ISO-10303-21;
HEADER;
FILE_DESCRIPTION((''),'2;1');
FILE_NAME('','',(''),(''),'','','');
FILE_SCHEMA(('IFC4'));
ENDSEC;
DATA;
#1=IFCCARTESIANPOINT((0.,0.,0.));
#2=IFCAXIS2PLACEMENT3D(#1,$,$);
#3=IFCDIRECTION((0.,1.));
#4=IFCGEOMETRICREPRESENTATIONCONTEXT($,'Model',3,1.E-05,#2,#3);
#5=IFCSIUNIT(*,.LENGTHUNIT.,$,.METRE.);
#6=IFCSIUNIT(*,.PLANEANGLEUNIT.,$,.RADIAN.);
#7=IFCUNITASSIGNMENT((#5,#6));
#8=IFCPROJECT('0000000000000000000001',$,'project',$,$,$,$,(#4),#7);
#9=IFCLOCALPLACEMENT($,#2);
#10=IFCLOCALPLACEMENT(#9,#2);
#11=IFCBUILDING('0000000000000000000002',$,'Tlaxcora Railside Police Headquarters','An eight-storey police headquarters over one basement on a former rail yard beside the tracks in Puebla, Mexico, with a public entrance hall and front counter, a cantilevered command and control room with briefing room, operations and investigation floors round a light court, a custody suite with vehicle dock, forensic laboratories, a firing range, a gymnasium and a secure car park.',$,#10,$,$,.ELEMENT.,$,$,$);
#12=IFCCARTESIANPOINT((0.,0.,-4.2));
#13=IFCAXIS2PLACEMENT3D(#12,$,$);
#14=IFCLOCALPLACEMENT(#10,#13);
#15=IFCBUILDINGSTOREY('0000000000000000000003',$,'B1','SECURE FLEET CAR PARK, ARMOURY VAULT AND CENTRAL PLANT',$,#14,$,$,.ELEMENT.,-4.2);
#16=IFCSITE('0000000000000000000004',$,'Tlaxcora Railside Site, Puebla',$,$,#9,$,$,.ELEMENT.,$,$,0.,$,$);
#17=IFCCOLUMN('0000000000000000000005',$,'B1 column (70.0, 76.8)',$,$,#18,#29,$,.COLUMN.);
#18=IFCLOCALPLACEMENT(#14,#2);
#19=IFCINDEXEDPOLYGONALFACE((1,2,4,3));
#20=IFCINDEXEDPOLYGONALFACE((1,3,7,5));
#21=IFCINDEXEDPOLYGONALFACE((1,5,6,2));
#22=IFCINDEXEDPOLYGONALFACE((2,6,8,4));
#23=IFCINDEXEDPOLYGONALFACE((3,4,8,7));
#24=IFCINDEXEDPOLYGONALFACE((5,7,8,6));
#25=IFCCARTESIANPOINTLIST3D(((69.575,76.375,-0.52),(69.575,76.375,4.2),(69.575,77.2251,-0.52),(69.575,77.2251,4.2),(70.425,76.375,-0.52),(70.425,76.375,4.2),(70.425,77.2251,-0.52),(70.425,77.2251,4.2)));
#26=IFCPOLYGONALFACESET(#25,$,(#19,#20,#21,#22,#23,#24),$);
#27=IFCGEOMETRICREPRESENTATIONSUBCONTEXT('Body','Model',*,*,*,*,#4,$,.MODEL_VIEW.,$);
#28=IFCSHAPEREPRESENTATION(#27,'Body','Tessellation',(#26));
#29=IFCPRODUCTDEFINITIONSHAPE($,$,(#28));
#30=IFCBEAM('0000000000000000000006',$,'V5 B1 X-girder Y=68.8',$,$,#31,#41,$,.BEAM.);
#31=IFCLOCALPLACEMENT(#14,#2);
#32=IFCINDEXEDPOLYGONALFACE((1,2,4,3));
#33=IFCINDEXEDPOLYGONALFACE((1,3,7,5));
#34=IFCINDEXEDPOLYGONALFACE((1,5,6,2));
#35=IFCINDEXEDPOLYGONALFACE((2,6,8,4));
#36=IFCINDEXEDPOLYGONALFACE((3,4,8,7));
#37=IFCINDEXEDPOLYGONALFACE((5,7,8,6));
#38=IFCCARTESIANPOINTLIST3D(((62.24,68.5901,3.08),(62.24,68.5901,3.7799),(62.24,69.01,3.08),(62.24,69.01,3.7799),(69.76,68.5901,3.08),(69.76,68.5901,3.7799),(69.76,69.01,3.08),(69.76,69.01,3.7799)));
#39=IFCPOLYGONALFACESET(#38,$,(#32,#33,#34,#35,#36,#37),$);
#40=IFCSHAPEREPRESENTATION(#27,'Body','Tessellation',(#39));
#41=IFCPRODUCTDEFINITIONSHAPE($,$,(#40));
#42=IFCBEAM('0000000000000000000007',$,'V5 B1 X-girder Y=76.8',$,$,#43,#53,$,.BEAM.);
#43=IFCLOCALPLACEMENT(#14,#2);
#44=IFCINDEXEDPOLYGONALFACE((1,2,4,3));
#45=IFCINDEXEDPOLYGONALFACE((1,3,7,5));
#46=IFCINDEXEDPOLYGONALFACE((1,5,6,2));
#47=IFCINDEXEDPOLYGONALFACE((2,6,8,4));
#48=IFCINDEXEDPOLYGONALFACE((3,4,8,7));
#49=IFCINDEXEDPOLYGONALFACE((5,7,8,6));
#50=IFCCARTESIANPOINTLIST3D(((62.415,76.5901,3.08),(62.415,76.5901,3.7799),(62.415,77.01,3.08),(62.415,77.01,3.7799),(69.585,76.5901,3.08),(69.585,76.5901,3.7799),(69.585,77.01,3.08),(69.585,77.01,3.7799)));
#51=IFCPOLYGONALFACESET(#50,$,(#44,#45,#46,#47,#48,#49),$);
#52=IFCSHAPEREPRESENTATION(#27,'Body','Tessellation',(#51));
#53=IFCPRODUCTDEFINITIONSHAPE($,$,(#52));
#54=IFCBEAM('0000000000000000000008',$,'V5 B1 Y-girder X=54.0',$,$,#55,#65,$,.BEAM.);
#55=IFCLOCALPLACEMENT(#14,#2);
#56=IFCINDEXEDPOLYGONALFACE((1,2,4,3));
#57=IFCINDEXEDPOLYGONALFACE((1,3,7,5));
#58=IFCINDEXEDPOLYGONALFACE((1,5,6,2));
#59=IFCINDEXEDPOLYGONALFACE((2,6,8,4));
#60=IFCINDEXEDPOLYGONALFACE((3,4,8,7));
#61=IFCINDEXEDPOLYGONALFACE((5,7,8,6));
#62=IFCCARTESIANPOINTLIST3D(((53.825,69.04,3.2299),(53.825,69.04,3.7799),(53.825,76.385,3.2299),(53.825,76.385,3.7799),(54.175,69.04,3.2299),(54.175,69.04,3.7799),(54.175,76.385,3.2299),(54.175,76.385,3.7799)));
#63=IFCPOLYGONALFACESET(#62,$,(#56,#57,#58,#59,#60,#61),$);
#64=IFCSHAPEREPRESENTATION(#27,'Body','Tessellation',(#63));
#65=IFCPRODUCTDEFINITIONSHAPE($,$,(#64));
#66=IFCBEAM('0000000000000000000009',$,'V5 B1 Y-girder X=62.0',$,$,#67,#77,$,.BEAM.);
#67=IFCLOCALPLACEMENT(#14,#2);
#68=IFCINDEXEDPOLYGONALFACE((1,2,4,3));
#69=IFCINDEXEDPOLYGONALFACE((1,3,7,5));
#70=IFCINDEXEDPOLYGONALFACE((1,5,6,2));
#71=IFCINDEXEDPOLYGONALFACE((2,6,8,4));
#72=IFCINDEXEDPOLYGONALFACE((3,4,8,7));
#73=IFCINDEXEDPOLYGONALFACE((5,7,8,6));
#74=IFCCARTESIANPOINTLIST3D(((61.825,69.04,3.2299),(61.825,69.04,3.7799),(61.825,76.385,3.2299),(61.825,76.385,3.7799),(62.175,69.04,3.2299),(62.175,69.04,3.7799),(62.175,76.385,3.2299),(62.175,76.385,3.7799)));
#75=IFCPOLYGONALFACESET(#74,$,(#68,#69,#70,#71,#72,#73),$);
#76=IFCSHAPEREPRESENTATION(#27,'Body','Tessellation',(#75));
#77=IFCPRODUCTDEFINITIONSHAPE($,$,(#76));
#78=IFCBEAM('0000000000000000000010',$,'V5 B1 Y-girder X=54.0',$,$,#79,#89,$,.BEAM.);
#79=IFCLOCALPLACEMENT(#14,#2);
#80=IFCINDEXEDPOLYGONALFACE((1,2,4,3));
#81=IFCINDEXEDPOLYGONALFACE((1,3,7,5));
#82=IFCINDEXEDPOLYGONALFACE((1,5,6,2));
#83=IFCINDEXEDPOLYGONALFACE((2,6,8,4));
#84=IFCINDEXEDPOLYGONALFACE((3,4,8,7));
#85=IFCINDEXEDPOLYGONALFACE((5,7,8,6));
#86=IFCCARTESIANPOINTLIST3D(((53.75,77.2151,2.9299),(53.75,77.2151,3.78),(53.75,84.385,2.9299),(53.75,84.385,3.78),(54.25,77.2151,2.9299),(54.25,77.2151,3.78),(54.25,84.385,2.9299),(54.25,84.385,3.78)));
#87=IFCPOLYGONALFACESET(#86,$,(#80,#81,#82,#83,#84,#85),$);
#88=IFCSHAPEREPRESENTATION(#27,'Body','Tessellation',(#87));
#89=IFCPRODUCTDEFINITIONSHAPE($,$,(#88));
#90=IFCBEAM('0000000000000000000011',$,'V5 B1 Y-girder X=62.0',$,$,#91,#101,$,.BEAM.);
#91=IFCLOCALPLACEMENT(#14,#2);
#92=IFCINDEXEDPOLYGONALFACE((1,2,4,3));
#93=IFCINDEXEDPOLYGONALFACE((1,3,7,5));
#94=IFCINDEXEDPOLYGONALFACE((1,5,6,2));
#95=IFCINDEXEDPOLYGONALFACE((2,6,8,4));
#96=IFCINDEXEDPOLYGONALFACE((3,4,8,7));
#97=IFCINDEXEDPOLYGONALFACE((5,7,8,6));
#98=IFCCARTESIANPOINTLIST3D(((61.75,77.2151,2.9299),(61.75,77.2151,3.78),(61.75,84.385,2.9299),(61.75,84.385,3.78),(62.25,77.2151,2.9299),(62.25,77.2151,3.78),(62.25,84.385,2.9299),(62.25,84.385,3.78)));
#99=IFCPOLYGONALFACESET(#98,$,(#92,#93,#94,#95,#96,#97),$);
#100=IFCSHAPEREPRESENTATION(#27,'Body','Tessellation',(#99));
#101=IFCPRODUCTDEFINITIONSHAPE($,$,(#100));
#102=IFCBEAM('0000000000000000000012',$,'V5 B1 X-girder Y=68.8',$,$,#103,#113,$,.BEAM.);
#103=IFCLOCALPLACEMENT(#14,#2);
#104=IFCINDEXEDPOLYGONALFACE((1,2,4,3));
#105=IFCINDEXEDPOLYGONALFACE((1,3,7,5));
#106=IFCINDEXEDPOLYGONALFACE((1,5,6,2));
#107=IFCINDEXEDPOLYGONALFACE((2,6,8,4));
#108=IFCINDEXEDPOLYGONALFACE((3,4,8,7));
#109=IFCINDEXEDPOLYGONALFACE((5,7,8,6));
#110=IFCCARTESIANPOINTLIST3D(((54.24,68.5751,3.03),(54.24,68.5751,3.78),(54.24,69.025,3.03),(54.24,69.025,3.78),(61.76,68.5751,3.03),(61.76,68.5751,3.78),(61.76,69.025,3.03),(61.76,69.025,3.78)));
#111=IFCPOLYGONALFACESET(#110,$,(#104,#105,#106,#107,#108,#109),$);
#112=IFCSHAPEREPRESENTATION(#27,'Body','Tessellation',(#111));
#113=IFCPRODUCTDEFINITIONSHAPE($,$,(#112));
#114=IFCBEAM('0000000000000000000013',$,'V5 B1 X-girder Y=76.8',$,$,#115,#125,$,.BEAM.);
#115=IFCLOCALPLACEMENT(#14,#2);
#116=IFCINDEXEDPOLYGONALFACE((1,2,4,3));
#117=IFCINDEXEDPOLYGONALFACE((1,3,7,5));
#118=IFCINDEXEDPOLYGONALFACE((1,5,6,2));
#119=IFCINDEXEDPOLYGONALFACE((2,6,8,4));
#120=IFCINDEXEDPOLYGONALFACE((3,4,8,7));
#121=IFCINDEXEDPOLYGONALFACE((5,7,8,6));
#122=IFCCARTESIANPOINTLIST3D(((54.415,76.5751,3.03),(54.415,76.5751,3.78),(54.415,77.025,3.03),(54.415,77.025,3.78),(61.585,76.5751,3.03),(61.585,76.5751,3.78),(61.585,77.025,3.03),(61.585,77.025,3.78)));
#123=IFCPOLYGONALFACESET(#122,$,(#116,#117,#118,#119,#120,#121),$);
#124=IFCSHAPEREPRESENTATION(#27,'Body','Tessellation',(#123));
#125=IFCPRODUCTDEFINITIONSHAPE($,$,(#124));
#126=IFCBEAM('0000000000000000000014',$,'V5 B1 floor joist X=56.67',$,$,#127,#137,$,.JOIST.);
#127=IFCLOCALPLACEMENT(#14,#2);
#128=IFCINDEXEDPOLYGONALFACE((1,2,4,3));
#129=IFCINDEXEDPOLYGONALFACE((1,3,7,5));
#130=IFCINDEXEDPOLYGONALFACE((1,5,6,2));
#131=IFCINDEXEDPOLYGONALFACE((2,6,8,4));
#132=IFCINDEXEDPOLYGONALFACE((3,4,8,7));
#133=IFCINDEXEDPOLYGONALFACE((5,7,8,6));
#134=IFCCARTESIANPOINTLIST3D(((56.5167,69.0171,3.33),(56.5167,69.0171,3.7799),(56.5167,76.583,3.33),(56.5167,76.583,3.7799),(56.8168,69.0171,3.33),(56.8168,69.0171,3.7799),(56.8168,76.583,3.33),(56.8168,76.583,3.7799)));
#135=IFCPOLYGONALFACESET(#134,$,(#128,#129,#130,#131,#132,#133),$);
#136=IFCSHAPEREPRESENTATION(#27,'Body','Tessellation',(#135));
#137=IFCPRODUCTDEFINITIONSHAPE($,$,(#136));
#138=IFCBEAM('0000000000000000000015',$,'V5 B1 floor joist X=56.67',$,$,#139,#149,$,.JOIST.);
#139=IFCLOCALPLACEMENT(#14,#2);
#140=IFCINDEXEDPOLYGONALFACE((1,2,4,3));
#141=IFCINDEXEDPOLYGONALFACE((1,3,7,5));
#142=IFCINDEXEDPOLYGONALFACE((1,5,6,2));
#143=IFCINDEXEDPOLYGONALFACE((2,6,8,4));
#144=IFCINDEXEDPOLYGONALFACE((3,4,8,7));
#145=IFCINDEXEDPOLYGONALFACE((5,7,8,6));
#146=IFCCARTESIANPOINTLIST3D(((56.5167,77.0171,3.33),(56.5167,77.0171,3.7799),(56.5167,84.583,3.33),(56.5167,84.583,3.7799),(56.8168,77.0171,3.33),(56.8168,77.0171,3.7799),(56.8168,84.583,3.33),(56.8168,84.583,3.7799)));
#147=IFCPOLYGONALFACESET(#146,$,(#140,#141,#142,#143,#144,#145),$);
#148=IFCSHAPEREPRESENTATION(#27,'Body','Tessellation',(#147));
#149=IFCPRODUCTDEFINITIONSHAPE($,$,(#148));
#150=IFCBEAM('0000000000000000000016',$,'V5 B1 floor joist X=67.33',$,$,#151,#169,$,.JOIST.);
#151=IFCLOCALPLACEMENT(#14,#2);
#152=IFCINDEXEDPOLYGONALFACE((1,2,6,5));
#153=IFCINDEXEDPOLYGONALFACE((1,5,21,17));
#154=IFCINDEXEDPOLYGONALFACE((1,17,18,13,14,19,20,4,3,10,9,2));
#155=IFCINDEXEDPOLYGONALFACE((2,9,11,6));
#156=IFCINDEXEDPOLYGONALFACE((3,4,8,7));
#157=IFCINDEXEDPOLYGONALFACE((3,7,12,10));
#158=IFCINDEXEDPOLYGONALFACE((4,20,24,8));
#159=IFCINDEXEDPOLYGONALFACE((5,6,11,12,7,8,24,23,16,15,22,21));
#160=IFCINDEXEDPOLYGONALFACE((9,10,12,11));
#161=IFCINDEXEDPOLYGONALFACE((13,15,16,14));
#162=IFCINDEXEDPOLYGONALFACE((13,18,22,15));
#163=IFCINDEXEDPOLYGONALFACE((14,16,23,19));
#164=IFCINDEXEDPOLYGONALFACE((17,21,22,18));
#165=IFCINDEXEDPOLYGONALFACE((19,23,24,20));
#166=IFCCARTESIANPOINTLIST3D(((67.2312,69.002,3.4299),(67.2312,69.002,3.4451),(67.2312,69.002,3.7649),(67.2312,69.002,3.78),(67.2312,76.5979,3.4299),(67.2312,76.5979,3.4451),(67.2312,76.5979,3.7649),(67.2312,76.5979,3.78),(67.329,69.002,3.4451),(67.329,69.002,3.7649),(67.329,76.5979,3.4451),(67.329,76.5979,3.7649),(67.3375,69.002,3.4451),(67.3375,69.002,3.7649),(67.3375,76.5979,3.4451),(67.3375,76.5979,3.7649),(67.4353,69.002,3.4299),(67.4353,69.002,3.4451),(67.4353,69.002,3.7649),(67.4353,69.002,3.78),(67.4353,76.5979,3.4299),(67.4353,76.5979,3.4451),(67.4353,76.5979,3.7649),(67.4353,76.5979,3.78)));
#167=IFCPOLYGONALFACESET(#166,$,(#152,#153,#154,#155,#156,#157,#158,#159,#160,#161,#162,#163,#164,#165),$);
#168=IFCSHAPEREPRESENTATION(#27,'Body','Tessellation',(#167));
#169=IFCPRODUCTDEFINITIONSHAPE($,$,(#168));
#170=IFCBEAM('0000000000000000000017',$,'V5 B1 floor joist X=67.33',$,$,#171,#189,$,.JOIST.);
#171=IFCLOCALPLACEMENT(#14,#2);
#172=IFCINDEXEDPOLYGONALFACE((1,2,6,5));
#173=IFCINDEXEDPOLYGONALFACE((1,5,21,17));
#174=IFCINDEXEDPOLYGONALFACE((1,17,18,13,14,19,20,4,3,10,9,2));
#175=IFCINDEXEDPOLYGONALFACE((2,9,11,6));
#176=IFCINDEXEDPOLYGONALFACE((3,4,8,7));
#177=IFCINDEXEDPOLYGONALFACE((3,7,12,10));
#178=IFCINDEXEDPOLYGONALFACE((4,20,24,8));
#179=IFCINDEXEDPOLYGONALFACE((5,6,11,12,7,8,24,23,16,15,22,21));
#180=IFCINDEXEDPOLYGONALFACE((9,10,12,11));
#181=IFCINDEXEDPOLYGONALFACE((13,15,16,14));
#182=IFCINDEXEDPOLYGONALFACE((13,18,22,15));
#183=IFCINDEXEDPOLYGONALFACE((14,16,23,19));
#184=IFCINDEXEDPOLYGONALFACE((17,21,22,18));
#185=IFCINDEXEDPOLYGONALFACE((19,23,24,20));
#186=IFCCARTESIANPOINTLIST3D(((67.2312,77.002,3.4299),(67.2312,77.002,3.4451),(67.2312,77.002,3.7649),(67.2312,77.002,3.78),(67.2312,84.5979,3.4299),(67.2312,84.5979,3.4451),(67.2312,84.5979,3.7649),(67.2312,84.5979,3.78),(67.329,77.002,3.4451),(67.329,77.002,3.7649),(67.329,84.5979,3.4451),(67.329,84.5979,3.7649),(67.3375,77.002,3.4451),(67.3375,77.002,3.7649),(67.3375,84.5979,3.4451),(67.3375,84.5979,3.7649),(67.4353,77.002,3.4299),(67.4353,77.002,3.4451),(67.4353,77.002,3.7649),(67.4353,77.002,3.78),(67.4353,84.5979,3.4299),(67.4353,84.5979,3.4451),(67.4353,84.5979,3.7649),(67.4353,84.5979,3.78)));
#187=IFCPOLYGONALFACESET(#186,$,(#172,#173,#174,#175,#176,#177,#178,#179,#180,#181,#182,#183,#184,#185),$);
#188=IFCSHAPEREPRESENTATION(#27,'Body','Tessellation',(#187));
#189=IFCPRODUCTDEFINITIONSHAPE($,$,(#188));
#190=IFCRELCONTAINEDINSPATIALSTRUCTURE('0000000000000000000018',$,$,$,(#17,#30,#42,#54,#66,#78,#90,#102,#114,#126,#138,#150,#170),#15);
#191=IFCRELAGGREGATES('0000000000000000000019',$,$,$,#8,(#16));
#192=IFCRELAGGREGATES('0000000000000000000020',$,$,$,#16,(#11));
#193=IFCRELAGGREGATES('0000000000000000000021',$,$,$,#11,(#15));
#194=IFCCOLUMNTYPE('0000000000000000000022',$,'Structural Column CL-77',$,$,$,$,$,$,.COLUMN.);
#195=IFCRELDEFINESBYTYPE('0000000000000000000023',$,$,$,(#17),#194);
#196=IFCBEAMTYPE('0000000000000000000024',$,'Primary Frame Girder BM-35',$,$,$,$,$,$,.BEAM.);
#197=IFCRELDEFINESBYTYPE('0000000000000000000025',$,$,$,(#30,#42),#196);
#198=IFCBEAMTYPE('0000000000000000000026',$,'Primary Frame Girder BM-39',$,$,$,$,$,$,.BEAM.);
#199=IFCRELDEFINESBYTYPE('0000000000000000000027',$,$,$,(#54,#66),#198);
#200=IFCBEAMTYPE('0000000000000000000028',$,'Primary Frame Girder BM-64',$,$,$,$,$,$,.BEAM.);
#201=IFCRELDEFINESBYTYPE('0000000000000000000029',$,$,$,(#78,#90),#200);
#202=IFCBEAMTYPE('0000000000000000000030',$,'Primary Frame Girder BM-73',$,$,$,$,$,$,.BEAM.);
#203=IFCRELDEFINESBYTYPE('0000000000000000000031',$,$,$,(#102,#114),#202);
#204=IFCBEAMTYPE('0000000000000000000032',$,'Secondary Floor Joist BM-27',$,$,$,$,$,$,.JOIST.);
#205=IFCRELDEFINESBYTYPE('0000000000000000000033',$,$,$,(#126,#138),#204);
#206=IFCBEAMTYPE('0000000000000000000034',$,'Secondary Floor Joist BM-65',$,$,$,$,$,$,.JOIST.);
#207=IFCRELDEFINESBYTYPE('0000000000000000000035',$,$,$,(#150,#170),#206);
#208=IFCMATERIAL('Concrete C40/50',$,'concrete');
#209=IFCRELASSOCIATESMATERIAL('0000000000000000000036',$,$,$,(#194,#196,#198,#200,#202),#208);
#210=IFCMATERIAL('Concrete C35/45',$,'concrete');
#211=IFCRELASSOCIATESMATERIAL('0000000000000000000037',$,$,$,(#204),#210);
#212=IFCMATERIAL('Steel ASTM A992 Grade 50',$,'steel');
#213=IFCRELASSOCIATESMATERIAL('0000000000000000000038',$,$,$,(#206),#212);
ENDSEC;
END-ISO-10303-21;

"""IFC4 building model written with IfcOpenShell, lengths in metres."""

from ifc_helpers import new_model, si_unit, direction, frame, origin, origin_2d, place, context, subcontext, project, spatial, rectangle, i_section, extrude, material, material_profile, profile_set, type_object, element, save


model = new_model("IFC4")

# Units and contexts
model_context = context("Model", 3, precision=1e-05, world=origin(), true_north=direction((0.0, 1.0)))
body_context = subcontext(model_context, "Body", "Model", "MODEL_VIEW")
ifc_project = project(units=[si_unit("LENGTHUNIT", "METRE"), si_unit("PLANEANGLEUNIT", "RADIAN")], contexts=[model_context])

# Site, building, storey
site_placement = place(None, origin())
site = spatial("IfcSite", under=ifc_project, at=site_placement, Name="Tlaxcora Railside Site, Puebla", CompositionType="ELEMENT", RefElevation=0.0)
building_placement = place(site_placement, origin())
building = spatial("IfcBuilding", under=site, at=building_placement, Name="Tlaxcora Railside Police Headquarters", Description="An eight-storey police headquarters over one basement on a former rail yard beside the tracks in Puebla, Mexico, with a public entrance hall and front counter, a cantilevered command and control room with briefing room, operations and investigation floors round a light court, a custody suite with vehicle dock, forensic laboratories, a firing range, a gymnasium and a secure car park.", CompositionType="ELEMENT")
storey_placement = place(building_placement, frame((0.0, 0.0, -4.2)))
storey = spatial("IfcBuildingStorey", under=building, at=storey_placement, Name="B1", Description="SECURE FLEET CAR PARK, ARMOURY VAULT AND CENTRAL PLANT", CompositionType="ELEMENT", Elevation=-4.2)

# Shared definitions
ifc_material_1 = material(Name="Concrete C35/45", Category="concrete")

# Shared definitions
ifc_material_2 = material(Name="Concrete C40/50", Category="concrete")

# Column
ifc_material_profile_1 = material_profile(ifc_material_2, rectangle(XDim=0.8501, YDim=0.8501, at=origin_2d()), Name="RC850X850")
ifc_profile_set_1 = profile_set([ifc_material_profile_1], Name="Concrete C40/50")
column_type_1 = type_object("IfcColumnType", Name="Structural Column CL-77", PredefinedType="COLUMN", material=ifc_profile_set_1)
for number, where, z_axis, x_axis, name in (
    (1, (70.0, 76.8, -0.52), (0.0, 0.0, 1.0), (1.0, 0.0, 0.0), "B1 column (70.0, 76.8)"),
):
    element("IfcColumn", number, at=place(storey_placement, frame(where, z_axis=z_axis, x_axis=x_axis)), inside=storey, type_object=column_type_1, Name=name, PredefinedType="COLUMN", context=body_context, shape_type="SweptSolid", body=[
        extrude(rectangle(XDim=0.8501, YDim=0.8501, at=origin_2d()), origin(), (0.0, 0.0, 1.0), 4.72),
    ])

# Beams
ifc_material_profile_2 = material_profile(ifc_material_2, rectangle(XDim=0.4199, YDim=0.7, at=origin_2d()), Name="RC420X700")
ifc_profile_set_2 = profile_set([ifc_material_profile_2], Name="Concrete C40/50")
beam_type_1 = type_object("IfcBeamType", Name="Primary Frame Girder BM-35", PredefinedType="BEAM", material=ifc_profile_set_2)
beam_1_placement = place(storey_placement, frame((62.24, 68.8, 3.4299), z_axis=(1.0, 0.0, 0.0), x_axis=(0.0, 1.0, 0.0)))
element("IfcBeam", 2, at=beam_1_placement, inside=storey, type_object=beam_type_1, Name="V5 B1 X-girder Y=68.8", PredefinedType="BEAM", context=body_context, shape_type="SweptSolid", body=[
    extrude(rectangle(XDim=0.4199, YDim=0.7, at=origin_2d()), origin(), (0.0, 0.0, 1.0), 7.52),
])
beam_2_placement = place(storey_placement, frame((62.415, 76.8, 3.4299), z_axis=(1.0, 0.0, 0.0), x_axis=(0.0, 1.0, 0.0)))
element("IfcBeam", 3, at=beam_2_placement, inside=storey, type_object=beam_type_1, Name="V5 B1 X-girder Y=76.8", PredefinedType="BEAM", context=body_context, shape_type="SweptSolid", body=[
    extrude(rectangle(XDim=0.4199, YDim=0.7, at=origin_2d()), origin(), (0.0, 0.0, 1.0), 7.1699),
])
ifc_material_profile_3 = material_profile(ifc_material_2, rectangle(XDim=0.3501, YDim=0.55, at=origin_2d()), Name="RC350X550")
ifc_profile_set_3 = profile_set([ifc_material_profile_3], Name="Concrete C40/50")
beam_type_2 = type_object("IfcBeamType", Name="Primary Frame Girder BM-39", PredefinedType="BEAM", material=ifc_profile_set_3)
for number, where, z_axis, x_axis, name in (
    (4, (54.0, 69.04, 3.5049), (0.0, 1.0, 0.0), (-1.0, 0.0, 0.0), "V5 B1 Y-girder X=54.0"),
    (5, (62.0, 69.04, 3.5049), (0.0, 1.0, 0.0), (-1.0, 0.0, 0.0), "V5 B1 Y-girder X=62.0"),
):
    element("IfcBeam", number, at=place(storey_placement, frame(where, z_axis=z_axis, x_axis=x_axis)), inside=storey, type_object=beam_type_2, Name=name, PredefinedType="BEAM", context=body_context, shape_type="SweptSolid", body=[
        extrude(rectangle(XDim=0.3501, YDim=0.55, at=origin_2d()), origin(), (0.0, 0.0, 1.0), 7.345),
    ])
ifc_material_profile_4 = material_profile(ifc_material_2, rectangle(XDim=0.5, YDim=0.8501, at=origin_2d()), Name="RC500X850")
ifc_profile_set_4 = profile_set([ifc_material_profile_4], Name="Concrete C40/50")
beam_type_3 = type_object("IfcBeamType", Name="Primary Frame Girder BM-64", PredefinedType="BEAM", material=ifc_profile_set_4)
for number, where, z_axis, x_axis, name in (
    (6, (54.0, 77.2151, 3.355), (0.0, 1.0, 0.0), (-1.0, 0.0, 0.0), "V5 B1 Y-girder X=54.0"),
    (7, (62.0, 77.2151, 3.355), (0.0, 1.0, 0.0), (-1.0, 0.0, 0.0), "V5 B1 Y-girder X=62.0"),
):
    element("IfcBeam", number, at=place(storey_placement, frame(where, z_axis=z_axis, x_axis=x_axis)), inside=storey, type_object=beam_type_3, Name=name, PredefinedType="BEAM", context=body_context, shape_type="SweptSolid", body=[
        extrude(rectangle(XDim=0.5, YDim=0.8501, at=origin_2d()), origin(), (0.0, 0.0, 1.0), 7.1699),
    ])
ifc_material_profile_5 = material_profile(ifc_material_2, rectangle(XDim=0.45, YDim=0.75, at=origin_2d()), Name="RC450X750")
ifc_profile_set_5 = profile_set([ifc_material_profile_5], Name="Concrete C40/50")
beam_type_4 = type_object("IfcBeamType", Name="Primary Frame Girder BM-73", PredefinedType="BEAM", material=ifc_profile_set_5)
beam_3_placement = place(storey_placement, frame((54.24, 68.8, 3.405), z_axis=(1.0, 0.0, 0.0), x_axis=(0.0, 1.0, 0.0)))
element("IfcBeam", 8, at=beam_3_placement, inside=storey, type_object=beam_type_4, Name="V5 B1 X-girder Y=68.8", PredefinedType="BEAM", context=body_context, shape_type="SweptSolid", body=[
    extrude(rectangle(XDim=0.45, YDim=0.75, at=origin_2d()), origin(), (0.0, 0.0, 1.0), 7.52),
])
beam_4_placement = place(storey_placement, frame((54.415, 76.8, 3.405), z_axis=(1.0, 0.0, 0.0), x_axis=(0.0, 1.0, 0.0)))
element("IfcBeam", 9, at=beam_4_placement, inside=storey, type_object=beam_type_4, Name="V5 B1 X-girder Y=76.8", PredefinedType="BEAM", context=body_context, shape_type="SweptSolid", body=[
    extrude(rectangle(XDim=0.45, YDim=0.75, at=origin_2d()), origin(), (0.0, 0.0, 1.0), 7.1699),
])
ifc_material_profile_6 = material_profile(ifc_material_1, rectangle(XDim=0.3, YDim=0.45, at=origin_2d()), Name="RC300X450")
ifc_profile_set_6 = profile_set([ifc_material_profile_6], Name="Concrete C35/45")
beam_type_5 = type_object("IfcBeamType", Name="Secondary Floor Joist BM-27", PredefinedType="JOIST", material=ifc_profile_set_6)
for number, where, z_axis, x_axis, name in (
    (10, (56.6667, 69.0171, 3.5549), (0.0, 1.0, 0.0), (-1.0, 0.0, 0.0), "V5 B1 floor joist X=56.67"),
    (11, (56.6667, 77.0171, 3.5549), (0.0, 1.0, 0.0), (-1.0, 0.0, 0.0), "V5 B1 floor joist X=56.67"),
):
    element("IfcBeam", number, at=place(storey_placement, frame(where, z_axis=z_axis, x_axis=x_axis)), inside=storey, type_object=beam_type_5, Name=name, PredefinedType="JOIST", context=body_context, shape_type="SweptSolid", body=[
        extrude(rectangle(XDim=0.3, YDim=0.45, at=origin_2d()), origin(), (0.0, 0.0, 1.0), 7.5659),
    ])
ifc_material_3 = material(Name="Steel ASTM A992 Grade 50", Category="steel")
ifc_material_profile_7 = material_profile(ifc_material_3, i_section(OverallWidth=0.2041, OverallDepth=0.3501, WebThickness=0.0085, FlangeThickness=0.0151, at=origin_2d()), Name="W14X48")
ifc_profile_set_7 = profile_set([ifc_material_profile_7], Name="Steel ASTM A992 Grade 50")
beam_type_6 = type_object("IfcBeamType", Name="Secondary Floor Joist BM-65", PredefinedType="JOIST", material=ifc_profile_set_7)
for number, where, z_axis, x_axis, name in (
    (12, (67.3333, 69.002, 3.605), (0.0, 1.0, 0.0), (-1.0, 0.0, 0.0), "V5 B1 floor joist X=67.33"),
    (13, (67.3333, 77.002, 3.605), (0.0, 1.0, 0.0), (-1.0, 0.0, 0.0), "V5 B1 floor joist X=67.33"),
):
    element("IfcBeam", number, at=place(storey_placement, frame(where, z_axis=z_axis, x_axis=x_axis)), inside=storey, type_object=beam_type_6, Name=name, PredefinedType="JOIST", context=body_context, shape_type="SweptSolid", body=[
        extrude(i_section(OverallWidth=0.2041, OverallDepth=0.3501, WebThickness=0.0085, FlangeThickness=0.0151, at=origin_2d()), origin(), (0.0, 0.0, 1.0), 7.5959),
    ])

save(model, "model.ifc")
